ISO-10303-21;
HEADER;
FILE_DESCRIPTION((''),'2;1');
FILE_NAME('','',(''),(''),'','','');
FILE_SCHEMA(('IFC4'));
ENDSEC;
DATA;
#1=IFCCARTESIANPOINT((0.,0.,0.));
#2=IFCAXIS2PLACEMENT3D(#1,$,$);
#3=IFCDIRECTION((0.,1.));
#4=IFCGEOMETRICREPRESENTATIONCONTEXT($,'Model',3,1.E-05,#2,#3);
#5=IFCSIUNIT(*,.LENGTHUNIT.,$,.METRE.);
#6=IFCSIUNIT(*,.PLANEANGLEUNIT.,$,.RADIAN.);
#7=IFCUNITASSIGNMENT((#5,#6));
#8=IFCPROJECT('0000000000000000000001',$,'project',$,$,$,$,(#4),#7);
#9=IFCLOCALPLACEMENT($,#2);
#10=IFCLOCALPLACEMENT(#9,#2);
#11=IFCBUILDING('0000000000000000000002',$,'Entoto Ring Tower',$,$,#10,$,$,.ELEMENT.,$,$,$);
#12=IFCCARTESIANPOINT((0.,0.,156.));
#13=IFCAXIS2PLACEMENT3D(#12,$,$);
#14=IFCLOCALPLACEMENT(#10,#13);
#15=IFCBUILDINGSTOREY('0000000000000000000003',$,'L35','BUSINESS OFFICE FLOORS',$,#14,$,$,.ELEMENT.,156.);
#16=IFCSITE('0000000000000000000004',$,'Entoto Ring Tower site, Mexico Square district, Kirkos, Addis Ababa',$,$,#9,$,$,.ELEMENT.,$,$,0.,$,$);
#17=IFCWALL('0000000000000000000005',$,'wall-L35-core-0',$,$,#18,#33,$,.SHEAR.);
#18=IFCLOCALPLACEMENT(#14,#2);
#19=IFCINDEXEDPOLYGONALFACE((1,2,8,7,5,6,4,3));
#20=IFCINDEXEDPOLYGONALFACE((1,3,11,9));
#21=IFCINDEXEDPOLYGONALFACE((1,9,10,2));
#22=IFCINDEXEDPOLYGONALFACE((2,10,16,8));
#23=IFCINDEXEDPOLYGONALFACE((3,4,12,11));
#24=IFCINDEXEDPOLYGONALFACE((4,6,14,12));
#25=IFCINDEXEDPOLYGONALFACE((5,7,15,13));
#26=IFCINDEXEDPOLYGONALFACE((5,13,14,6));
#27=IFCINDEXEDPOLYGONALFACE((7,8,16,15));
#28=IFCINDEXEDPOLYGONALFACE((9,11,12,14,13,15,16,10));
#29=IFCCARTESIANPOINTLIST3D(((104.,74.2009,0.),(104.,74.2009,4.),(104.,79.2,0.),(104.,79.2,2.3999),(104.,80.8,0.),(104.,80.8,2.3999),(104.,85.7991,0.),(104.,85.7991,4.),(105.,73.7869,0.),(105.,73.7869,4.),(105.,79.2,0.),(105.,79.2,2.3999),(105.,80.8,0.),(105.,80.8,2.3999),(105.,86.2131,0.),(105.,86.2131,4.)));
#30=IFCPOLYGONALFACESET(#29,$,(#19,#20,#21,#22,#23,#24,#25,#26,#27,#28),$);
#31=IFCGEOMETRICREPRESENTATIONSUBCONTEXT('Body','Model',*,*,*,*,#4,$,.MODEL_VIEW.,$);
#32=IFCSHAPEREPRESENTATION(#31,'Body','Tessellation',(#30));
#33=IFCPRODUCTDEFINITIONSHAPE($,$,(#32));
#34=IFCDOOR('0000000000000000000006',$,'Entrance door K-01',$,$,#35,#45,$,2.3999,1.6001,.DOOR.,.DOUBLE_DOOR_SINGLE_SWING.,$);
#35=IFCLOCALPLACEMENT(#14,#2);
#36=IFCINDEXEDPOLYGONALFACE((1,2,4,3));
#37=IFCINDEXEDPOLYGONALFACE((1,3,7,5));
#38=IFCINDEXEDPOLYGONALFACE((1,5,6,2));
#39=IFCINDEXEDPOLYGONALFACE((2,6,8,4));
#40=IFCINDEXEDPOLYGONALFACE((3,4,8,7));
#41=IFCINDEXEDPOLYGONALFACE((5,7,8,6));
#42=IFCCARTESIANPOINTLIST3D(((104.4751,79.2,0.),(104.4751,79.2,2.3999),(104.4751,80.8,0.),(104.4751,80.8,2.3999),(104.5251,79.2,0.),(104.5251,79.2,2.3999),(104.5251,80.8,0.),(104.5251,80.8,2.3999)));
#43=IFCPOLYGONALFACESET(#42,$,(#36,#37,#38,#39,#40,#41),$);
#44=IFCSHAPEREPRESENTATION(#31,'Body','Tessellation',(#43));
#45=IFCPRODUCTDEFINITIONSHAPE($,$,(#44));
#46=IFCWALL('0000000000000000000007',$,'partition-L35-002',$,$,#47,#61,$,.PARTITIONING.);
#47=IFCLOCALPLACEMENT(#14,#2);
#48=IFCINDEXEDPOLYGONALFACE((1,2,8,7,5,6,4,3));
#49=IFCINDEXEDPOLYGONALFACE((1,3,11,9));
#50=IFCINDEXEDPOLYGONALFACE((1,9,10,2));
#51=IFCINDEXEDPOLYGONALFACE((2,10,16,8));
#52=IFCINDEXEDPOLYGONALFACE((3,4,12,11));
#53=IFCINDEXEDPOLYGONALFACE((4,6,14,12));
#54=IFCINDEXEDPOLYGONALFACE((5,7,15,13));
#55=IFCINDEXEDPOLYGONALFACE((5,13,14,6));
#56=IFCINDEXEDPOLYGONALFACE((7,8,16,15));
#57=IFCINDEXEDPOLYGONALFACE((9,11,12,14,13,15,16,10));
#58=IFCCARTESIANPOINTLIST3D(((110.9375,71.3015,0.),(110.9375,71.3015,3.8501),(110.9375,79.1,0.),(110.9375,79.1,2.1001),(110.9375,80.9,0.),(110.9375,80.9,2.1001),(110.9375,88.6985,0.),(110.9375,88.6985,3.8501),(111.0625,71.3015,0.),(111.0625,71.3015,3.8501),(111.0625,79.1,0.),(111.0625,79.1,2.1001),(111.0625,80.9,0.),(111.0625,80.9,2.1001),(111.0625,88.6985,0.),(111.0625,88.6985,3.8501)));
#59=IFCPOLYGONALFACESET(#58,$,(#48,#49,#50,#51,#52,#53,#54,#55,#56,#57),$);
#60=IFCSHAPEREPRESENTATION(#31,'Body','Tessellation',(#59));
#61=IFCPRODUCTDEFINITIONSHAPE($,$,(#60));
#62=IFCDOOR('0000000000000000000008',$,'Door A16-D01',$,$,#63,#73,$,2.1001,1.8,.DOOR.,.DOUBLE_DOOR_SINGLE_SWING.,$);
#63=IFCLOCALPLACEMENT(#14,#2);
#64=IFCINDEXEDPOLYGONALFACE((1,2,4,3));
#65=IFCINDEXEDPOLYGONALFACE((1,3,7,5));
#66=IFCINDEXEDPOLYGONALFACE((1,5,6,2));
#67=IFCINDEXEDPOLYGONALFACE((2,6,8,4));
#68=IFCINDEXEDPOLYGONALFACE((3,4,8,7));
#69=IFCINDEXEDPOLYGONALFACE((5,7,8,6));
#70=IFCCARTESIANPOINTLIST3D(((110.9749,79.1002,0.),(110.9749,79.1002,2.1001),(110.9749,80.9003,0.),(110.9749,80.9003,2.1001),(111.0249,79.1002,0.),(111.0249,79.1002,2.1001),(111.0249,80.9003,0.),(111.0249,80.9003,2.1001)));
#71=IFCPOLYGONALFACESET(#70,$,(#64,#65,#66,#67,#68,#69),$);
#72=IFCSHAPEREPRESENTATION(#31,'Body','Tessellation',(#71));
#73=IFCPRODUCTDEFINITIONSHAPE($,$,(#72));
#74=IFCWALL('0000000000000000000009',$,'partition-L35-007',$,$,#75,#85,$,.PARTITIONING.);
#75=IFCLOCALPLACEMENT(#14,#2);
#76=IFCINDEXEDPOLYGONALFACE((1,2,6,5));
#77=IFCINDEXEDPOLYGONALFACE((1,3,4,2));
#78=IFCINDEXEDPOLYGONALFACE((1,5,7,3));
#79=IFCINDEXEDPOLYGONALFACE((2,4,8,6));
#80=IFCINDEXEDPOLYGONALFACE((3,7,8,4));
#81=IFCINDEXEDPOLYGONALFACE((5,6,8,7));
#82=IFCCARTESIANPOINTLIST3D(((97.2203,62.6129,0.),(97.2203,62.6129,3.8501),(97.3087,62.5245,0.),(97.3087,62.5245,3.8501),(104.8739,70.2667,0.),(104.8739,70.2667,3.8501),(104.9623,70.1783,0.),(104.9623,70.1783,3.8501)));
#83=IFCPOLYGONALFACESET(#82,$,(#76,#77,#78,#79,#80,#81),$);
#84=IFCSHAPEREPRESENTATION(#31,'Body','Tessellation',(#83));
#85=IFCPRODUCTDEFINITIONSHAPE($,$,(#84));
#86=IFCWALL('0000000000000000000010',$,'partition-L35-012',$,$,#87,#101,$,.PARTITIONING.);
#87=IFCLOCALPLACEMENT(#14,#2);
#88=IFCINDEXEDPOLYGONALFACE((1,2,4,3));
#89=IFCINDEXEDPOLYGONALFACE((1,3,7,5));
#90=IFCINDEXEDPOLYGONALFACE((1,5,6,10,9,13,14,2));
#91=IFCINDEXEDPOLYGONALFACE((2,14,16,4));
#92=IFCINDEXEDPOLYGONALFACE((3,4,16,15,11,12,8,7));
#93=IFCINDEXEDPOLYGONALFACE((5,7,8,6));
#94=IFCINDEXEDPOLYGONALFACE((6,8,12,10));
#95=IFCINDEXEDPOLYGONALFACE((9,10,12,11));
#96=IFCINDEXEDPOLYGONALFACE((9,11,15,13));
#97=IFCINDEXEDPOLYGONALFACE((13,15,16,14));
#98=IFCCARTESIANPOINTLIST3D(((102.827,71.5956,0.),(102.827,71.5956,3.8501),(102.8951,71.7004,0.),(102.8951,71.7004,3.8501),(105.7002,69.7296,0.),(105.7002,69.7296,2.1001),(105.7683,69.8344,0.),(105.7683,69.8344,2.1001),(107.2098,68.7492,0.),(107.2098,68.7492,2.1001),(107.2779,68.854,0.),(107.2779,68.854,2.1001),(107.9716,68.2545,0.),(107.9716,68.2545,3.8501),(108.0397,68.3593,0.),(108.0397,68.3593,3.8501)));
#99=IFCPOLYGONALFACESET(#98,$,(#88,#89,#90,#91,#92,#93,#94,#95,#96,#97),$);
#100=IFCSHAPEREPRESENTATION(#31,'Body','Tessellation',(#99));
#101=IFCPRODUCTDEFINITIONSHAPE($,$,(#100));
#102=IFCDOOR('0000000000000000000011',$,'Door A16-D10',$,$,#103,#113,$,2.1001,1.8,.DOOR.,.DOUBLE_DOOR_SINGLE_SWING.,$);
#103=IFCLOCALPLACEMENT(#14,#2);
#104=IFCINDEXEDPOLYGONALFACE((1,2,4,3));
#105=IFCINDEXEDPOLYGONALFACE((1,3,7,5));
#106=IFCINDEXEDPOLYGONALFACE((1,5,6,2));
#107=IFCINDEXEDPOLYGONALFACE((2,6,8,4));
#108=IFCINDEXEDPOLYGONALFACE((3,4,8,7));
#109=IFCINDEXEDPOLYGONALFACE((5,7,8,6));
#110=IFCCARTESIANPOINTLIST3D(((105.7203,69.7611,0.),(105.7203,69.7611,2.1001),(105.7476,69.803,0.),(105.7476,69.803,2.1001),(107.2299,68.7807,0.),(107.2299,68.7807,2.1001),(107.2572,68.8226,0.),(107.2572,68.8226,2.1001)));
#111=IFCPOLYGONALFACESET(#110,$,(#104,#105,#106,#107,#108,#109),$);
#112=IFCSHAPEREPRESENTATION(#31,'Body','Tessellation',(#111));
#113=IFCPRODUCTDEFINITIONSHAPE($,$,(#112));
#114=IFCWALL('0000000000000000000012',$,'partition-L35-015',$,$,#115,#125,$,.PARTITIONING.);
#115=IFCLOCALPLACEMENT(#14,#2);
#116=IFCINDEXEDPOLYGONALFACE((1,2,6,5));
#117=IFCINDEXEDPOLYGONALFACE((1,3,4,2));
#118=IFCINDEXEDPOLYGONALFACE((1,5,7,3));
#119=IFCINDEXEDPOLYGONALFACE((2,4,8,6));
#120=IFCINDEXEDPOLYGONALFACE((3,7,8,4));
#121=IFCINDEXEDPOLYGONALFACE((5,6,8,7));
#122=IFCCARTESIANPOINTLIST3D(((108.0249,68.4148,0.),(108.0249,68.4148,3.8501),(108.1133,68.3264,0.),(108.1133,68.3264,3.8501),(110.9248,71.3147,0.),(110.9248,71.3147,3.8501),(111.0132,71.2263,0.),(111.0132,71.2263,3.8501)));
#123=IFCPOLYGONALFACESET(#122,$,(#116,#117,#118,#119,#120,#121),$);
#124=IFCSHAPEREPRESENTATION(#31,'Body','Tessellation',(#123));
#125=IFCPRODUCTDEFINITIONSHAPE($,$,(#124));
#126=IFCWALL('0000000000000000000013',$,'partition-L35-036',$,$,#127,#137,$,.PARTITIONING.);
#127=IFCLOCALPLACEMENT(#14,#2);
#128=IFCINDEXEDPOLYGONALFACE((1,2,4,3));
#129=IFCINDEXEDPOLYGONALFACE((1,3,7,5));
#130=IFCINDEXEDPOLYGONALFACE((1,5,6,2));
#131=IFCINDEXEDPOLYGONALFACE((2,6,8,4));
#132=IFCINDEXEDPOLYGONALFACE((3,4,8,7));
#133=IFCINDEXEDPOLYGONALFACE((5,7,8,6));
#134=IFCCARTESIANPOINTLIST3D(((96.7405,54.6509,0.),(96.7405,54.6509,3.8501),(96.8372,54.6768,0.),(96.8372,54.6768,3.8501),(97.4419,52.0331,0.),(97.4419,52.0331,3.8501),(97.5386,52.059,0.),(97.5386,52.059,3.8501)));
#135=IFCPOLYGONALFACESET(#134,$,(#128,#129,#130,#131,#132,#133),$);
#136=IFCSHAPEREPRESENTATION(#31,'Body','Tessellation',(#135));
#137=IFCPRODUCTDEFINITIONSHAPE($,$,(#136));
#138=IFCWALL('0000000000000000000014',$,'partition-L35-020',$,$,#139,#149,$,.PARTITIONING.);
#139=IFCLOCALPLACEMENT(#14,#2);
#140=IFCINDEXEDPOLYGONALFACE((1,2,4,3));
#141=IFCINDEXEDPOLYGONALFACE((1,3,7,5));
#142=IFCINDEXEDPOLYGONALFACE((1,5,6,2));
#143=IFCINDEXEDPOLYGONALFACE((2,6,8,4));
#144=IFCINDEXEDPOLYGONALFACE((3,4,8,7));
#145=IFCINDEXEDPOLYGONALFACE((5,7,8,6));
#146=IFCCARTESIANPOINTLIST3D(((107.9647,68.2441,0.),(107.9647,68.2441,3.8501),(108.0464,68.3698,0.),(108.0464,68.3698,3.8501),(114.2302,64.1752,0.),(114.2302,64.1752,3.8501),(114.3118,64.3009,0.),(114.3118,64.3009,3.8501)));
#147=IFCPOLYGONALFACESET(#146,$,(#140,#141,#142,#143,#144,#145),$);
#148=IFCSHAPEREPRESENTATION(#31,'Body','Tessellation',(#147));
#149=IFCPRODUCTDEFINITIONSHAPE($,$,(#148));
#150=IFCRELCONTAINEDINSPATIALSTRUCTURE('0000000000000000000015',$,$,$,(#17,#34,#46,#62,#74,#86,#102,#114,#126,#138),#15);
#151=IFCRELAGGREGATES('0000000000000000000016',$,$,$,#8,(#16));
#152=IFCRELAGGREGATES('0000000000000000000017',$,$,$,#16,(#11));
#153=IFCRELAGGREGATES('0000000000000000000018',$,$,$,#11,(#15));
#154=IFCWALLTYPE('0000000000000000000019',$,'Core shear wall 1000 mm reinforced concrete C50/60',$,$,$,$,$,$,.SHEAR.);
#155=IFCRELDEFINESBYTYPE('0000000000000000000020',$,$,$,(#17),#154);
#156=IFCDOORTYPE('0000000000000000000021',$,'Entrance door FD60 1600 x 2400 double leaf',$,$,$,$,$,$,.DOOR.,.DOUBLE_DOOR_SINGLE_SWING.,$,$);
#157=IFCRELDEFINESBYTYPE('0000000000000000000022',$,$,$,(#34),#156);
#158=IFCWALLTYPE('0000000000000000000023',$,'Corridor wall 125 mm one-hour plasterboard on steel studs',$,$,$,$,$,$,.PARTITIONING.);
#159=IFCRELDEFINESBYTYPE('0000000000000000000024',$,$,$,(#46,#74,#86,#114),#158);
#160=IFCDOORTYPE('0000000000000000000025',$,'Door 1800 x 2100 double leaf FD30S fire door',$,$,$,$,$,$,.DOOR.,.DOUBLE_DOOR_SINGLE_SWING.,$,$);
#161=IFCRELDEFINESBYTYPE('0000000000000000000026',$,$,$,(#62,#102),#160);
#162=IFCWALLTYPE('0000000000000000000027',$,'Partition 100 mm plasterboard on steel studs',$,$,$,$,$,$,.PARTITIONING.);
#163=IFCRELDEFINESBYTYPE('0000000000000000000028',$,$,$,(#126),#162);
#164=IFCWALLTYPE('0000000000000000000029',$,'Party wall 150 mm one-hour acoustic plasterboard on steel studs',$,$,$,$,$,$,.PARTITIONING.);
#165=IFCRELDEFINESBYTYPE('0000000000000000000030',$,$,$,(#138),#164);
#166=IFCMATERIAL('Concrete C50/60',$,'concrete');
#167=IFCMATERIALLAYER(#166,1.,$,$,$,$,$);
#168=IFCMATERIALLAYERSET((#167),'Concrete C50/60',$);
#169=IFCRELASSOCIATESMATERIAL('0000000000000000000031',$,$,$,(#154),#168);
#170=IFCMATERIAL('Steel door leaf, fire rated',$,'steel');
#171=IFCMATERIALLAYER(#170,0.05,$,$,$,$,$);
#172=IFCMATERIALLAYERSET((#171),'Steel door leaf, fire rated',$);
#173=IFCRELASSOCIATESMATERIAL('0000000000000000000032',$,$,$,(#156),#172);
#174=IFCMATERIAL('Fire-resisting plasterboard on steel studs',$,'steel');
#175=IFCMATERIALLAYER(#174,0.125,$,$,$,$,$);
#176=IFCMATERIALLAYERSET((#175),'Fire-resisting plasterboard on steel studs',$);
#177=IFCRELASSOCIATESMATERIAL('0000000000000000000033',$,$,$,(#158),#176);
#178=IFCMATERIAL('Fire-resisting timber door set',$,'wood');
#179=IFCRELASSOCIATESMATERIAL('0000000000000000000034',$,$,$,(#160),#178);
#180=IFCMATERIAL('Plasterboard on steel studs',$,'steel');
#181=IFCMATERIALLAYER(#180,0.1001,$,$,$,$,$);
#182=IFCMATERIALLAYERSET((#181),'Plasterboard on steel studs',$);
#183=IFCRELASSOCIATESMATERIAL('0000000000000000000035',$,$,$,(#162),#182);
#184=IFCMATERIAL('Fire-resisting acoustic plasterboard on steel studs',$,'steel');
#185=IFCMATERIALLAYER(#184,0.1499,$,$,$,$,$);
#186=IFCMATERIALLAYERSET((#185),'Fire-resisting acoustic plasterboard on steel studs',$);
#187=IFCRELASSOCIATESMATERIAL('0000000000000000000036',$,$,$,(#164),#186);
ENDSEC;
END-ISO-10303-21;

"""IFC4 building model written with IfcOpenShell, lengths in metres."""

from ifc_helpers import new_model, si_unit, direction, frame, frame_2d, origin, place, context, subcontext, project, spatial, polyline, rectangle, outline, extrude, material, layer, layer_set, type_object, element, fill, save


model = new_model("IFC4")

# Units and contexts
model_context = context("Model", 3, precision=1e-05, world=origin(), true_north=direction((0.0, 1.0)))
body_context = subcontext(model_context, "Body", "Model", "MODEL_VIEW")
ifc_project = project(units=[si_unit("LENGTHUNIT", "METRE"), si_unit("PLANEANGLEUNIT", "RADIAN")], contexts=[model_context])

# Site, building, storey
site_placement = place(None, origin())
site = spatial("IfcSite", under=ifc_project, at=site_placement, Name="Entoto Ring Tower site, Mexico Square district, Kirkos, Addis Ababa", CompositionType="ELEMENT", RefElevation=0.0)
building_placement = place(site_placement, origin())
building = spatial("IfcBuilding", under=site, at=building_placement, Name="Entoto Ring Tower", CompositionType="ELEMENT")
storey_placement = place(building_placement, frame((0.0, 0.0, 156.0)))
storey = spatial("IfcBuildingStorey", under=building, at=storey_placement, Name="L35", Description="BUSINESS OFFICE FLOORS", CompositionType="ELEMENT", Elevation=156.0)

# Walls, openings, doors
ifc_material_1 = material(Name="Concrete C50/60", Category="concrete")
ifc_layer_1 = layer(ifc_material_1, 1.0)
ifc_layer_set_1 = layer_set([ifc_layer_1], Name="Concrete C50/60")
wall_type_1 = type_object("IfcWallType", Name="Core shear wall 1000 mm reinforced concrete C50/60", PredefinedType="SHEAR", material=ifc_layer_set_1)
wall_1_placement = place(storey_placement, frame((104.5, 73.9939, 0.0), z_axis=(0.0, 0.0, 1.0), x_axis=(0.0, 1.0, 0.0)))
wall_1 = element("IfcWall", 1, at=wall_1_placement, inside=storey, type_object=wall_type_1, Name="wall-L35-core-0", PredefinedType="SHEAR", context=body_context, shape_type="SweptSolid", body=[
    extrude(outline(polyline([(-0.207, -0.5), (12.2192, -0.5), (11.8052, 0.5), (0.207, 0.5), (-0.207, -0.5)])), origin(), (0.0, 0.0, 1.0), 4.0),
])
opening_1_placement = place(wall_1_placement, frame((5.2061, 0.0, 0.0)))
opening_1 = element("IfcOpeningElement", 2, at=opening_1_placement, cuts=wall_1, PredefinedType="OPENING", context=body_context, shape_type="SweptSolid", body=[
    extrude(rectangle(XDim=1.6001, YDim=2.3999, at=frame_2d((0.8, 1.2))), frame((0.0, 0.51, 0.0), z_axis=(0.0, -1.0, 0.0), x_axis=(1.0, 0.0, 0.0)), (0.0, 0.0, 1.0), 1.02),
])
ifc_material_2 = material(Name="Steel door leaf, fire rated", Category="steel")
ifc_layer_2 = layer(ifc_material_2, 0.05)
ifc_layer_set_2 = layer_set([ifc_layer_2], Name="Steel door leaf, fire rated")
door_type_1 = type_object("IfcDoorType", Name="Entrance door FD60 1600 x 2400 double leaf", OperationType="DOUBLE_DOOR_SINGLE_SWING", PredefinedType="DOOR", material=ifc_layer_set_2)
door_1_placement = place(opening_1_placement, origin())
door_1 = element("IfcDoor", 3, at=door_1_placement, inside=storey, type_object=door_type_1, Name="Entrance door K-01", OperationType="DOUBLE_DOOR_SINGLE_SWING", OverallHeight=2.3999, OverallWidth=1.6001, PredefinedType="DOOR", context=body_context, shape_type="SweptSolid", body=[
    extrude(rectangle(XDim=1.6001, YDim=2.3999, at=frame_2d((0.8, 1.2))), frame((0.0, 0.0249, 0.0), z_axis=(0.0, -1.0, 0.0), x_axis=(1.0, 0.0, 0.0)), (0.0, 0.0, 1.0), 0.05),
])
fill(opening_1, door_1)
ifc_material_3 = material(Name="Fire-resisting plasterboard on steel studs", Category="steel")
ifc_layer_3 = layer(ifc_material_3, 0.125)
ifc_layer_set_3 = layer_set([ifc_layer_3], Name="Fire-resisting plasterboard on steel studs")
wall_type_2 = type_object("IfcWallType", Name="Corridor wall 125 mm one-hour plasterboard on steel studs", PredefinedType="PARTITIONING", material=ifc_layer_set_3)
wall_2_placement = place(storey_placement, frame((111.0, 71.3015, 0.0), z_axis=(0.0, 0.0, 1.0), x_axis=(0.0, 1.0, 0.0)))
wall_2 = element("IfcWall", 4, at=wall_2_placement, inside=storey, type_object=wall_type_2, Name="partition-L35-002", PredefinedType="PARTITIONING", context=body_context, shape_type="SweptSolid", body=[
    extrude(rectangle(XDim=17.397, YDim=0.125, at=frame_2d((8.6985, 0.0))), origin(), (0.0, 0.0, 1.0), 3.8501),
])
opening_2_placement = place(wall_2_placement, frame((7.7986, 0.0, 0.0)))
opening_2 = element("IfcOpeningElement", 5, at=opening_2_placement, cuts=wall_2, PredefinedType="OPENING", context=body_context, shape_type="SweptSolid", body=[
    extrude(rectangle(XDim=1.8, YDim=2.1001, at=frame_2d((0.8999, 1.05))), frame((0.0, 0.0725, 0.0), z_axis=(0.0, -1.0, 0.0), x_axis=(1.0, 0.0, 0.0)), (0.0, 0.0, 1.0), 0.145),
])
ifc_material_4 = material(Name="Fire-resisting timber door set", Category="wood")
door_type_2 = type_object("IfcDoorType", Name="Door 1800 x 2100 double leaf FD30S fire door", OperationType="DOUBLE_DOOR_SINGLE_SWING", PredefinedType="DOOR", material=ifc_material_4)
door_2_placement = place(opening_2_placement, frame((1.8, 0.0, 0.0), z_axis=(0.0, 0.0, 1.0), x_axis=(-1.0, 0.0, 0.0)))
door_2 = element("IfcDoor", 6, at=door_2_placement, inside=storey, type_object=door_type_2, Name="Door A16-D01", OperationType="DOUBLE_DOOR_SINGLE_SWING", OverallHeight=2.1001, OverallWidth=1.8, PredefinedType="DOOR", context=body_context, shape_type="SweptSolid", body=[
    extrude(rectangle(XDim=1.8, YDim=2.1001, at=frame_2d((0.8999, 1.05))), frame((0.0, 0.0249, 0.0), z_axis=(0.0, -1.0, 0.0), x_axis=(1.0, 0.0, 0.0)), (0.0, 0.0, 1.0), 0.05),
])
fill(opening_2, door_2)

# Wall
wall_3_placement = place(storey_placement, frame((97.2644, 62.5686, 0.0), z_axis=(0.0, 0.0, 1.0), x_axis=(0.707096, 0.707118, 0.0)))
element("IfcWall", 7, at=wall_3_placement, inside=storey, type_object=wall_type_2, Name="partition-L35-007", PredefinedType="PARTITIONING", context=body_context, shape_type="SweptSolid", body=[
    extrude(rectangle(XDim=10.824, YDim=0.125, at=frame_2d((5.4121, 0.0))), origin(), (0.0, 0.0, 1.0), 3.8501),
])

# Wall, opening, door
wall_4_placement = place(storey_placement, frame((108.0056, 68.3069, 0.0), z_axis=(0.0, 0.0, 1.0), x_axis=(-0.838658, 0.544658, 0.0)))
wall_4 = element("IfcWall", 8, at=wall_4_placement, inside=storey, type_object=wall_type_2, Name="partition-L35-012", PredefinedType="PARTITIONING", context=body_context, shape_type="SweptSolid", body=[
    extrude(rectangle(XDim=6.1343, YDim=0.125, at=frame_2d((3.0671, 0.0))), origin(), (0.0, 0.0, 1.0), 3.8501),
])
opening_3_placement = place(wall_4_placement, frame((0.9084, 0.0, 0.0)))
opening_3 = element("IfcOpeningElement", 9, at=opening_3_placement, cuts=wall_4, PredefinedType="OPENING", context=body_context, shape_type="SweptSolid", body=[
    extrude(rectangle(XDim=1.8, YDim=2.1001, at=frame_2d((0.8999, 1.05))), frame((0.0, 0.0725, 0.0), z_axis=(0.0, -1.0, 0.0), x_axis=(1.0, 0.0, 0.0)), (0.0, 0.0, 1.0), 0.145),
])
door_3_placement = place(opening_3_placement, frame((1.8, 0.0, 0.0), z_axis=(0.0, 0.0, 1.0), x_axis=(-1.0, 0.0, 0.0)))
door_3 = element("IfcDoor", 10, at=door_3_placement, inside=storey, type_object=door_type_2, Name="Door A16-D10", OperationType="DOUBLE_DOOR_SINGLE_SWING", OverallHeight=2.1001, OverallWidth=1.8, PredefinedType="DOOR", context=body_context, shape_type="SweptSolid", body=[
    extrude(rectangle(XDim=1.8, YDim=2.1001, at=frame_2d((0.8999, 1.05))), frame((0.0, 0.0249, 0.0), z_axis=(0.0, -1.0, 0.0), x_axis=(1.0, 0.0, 0.0)), (0.0, 0.0, 1.0), 0.05),
])
fill(opening_3, door_3)

# Walls
wall_5_placement = place(storey_placement, frame((108.0691, 68.3706, 0.0), z_axis=(0.0, 0.0, 1.0), x_axis=(0.707107, 0.707107, 0.0)))
element("IfcWall", 11, at=wall_5_placement, inside=storey, type_object=wall_type_2, Name="partition-L35-015", PredefinedType="PARTITIONING", context=body_context, shape_type="SweptSolid", body=[
    extrude(rectangle(XDim=4.1011, YDim=0.125, at=frame_2d((2.0505, 0.0))), origin(), (0.0, 0.0, 1.0), 3.8501),
])
ifc_material_5 = material(Name="Plasterboard on steel studs", Category="steel")
ifc_layer_4 = layer(ifc_material_5, 0.1001)
ifc_layer_set_4 = layer_set([ifc_layer_4], Name="Plasterboard on steel studs")
wall_type_3 = type_object("IfcWallType", Name="Partition 100 mm plasterboard on steel studs", PredefinedType="PARTITIONING", material=ifc_layer_set_4)
wall_6_placement = place(storey_placement, frame((97.4902, 52.0461, 0.0), z_axis=(0.0, 0.0, 1.0), x_axis=(-0.258801, 0.965931, 0.0)))
element("IfcWall", 12, at=wall_6_placement, inside=storey, type_object=wall_type_3, Name="partition-L35-036", PredefinedType="PARTITIONING", context=body_context, shape_type="SweptSolid", body=[
    extrude(rectangle(XDim=2.7102, YDim=0.1001, at=frame_2d((1.355, 0.0))), origin(), (0.0, 0.0, 1.0), 3.8501),
])
ifc_material_6 = material(Name="Fire-resisting acoustic plasterboard on steel studs", Category="steel")
ifc_layer_5 = layer(ifc_material_6, 0.1499)
ifc_layer_set_5 = layer_set([ifc_layer_5], Name="Fire-resisting acoustic plasterboard on steel studs")
wall_type_4 = type_object("IfcWallType", Name="Party wall 150 mm one-hour acoustic plasterboard on steel studs", PredefinedType="PARTITIONING", material=ifc_layer_set_5)
wall_7_placement = place(storey_placement, frame((114.271, 64.238, 0.0), z_axis=(0.0, 0.0, 1.0), x_axis=(-0.838667, 0.544645, 0.0)))
element("IfcWall", 13, at=wall_7_placement, inside=storey, type_object=wall_type_4, Name="partition-L35-020", PredefinedType="PARTITIONING", context=body_context, shape_type="SweptSolid", body=[
    extrude(rectangle(XDim=7.4707, YDim=0.1499, at=frame_2d((3.7354, 0.0))), origin(), (0.0, 0.0, 1.0), 3.8501),
])

save(model, "model.ifc")
